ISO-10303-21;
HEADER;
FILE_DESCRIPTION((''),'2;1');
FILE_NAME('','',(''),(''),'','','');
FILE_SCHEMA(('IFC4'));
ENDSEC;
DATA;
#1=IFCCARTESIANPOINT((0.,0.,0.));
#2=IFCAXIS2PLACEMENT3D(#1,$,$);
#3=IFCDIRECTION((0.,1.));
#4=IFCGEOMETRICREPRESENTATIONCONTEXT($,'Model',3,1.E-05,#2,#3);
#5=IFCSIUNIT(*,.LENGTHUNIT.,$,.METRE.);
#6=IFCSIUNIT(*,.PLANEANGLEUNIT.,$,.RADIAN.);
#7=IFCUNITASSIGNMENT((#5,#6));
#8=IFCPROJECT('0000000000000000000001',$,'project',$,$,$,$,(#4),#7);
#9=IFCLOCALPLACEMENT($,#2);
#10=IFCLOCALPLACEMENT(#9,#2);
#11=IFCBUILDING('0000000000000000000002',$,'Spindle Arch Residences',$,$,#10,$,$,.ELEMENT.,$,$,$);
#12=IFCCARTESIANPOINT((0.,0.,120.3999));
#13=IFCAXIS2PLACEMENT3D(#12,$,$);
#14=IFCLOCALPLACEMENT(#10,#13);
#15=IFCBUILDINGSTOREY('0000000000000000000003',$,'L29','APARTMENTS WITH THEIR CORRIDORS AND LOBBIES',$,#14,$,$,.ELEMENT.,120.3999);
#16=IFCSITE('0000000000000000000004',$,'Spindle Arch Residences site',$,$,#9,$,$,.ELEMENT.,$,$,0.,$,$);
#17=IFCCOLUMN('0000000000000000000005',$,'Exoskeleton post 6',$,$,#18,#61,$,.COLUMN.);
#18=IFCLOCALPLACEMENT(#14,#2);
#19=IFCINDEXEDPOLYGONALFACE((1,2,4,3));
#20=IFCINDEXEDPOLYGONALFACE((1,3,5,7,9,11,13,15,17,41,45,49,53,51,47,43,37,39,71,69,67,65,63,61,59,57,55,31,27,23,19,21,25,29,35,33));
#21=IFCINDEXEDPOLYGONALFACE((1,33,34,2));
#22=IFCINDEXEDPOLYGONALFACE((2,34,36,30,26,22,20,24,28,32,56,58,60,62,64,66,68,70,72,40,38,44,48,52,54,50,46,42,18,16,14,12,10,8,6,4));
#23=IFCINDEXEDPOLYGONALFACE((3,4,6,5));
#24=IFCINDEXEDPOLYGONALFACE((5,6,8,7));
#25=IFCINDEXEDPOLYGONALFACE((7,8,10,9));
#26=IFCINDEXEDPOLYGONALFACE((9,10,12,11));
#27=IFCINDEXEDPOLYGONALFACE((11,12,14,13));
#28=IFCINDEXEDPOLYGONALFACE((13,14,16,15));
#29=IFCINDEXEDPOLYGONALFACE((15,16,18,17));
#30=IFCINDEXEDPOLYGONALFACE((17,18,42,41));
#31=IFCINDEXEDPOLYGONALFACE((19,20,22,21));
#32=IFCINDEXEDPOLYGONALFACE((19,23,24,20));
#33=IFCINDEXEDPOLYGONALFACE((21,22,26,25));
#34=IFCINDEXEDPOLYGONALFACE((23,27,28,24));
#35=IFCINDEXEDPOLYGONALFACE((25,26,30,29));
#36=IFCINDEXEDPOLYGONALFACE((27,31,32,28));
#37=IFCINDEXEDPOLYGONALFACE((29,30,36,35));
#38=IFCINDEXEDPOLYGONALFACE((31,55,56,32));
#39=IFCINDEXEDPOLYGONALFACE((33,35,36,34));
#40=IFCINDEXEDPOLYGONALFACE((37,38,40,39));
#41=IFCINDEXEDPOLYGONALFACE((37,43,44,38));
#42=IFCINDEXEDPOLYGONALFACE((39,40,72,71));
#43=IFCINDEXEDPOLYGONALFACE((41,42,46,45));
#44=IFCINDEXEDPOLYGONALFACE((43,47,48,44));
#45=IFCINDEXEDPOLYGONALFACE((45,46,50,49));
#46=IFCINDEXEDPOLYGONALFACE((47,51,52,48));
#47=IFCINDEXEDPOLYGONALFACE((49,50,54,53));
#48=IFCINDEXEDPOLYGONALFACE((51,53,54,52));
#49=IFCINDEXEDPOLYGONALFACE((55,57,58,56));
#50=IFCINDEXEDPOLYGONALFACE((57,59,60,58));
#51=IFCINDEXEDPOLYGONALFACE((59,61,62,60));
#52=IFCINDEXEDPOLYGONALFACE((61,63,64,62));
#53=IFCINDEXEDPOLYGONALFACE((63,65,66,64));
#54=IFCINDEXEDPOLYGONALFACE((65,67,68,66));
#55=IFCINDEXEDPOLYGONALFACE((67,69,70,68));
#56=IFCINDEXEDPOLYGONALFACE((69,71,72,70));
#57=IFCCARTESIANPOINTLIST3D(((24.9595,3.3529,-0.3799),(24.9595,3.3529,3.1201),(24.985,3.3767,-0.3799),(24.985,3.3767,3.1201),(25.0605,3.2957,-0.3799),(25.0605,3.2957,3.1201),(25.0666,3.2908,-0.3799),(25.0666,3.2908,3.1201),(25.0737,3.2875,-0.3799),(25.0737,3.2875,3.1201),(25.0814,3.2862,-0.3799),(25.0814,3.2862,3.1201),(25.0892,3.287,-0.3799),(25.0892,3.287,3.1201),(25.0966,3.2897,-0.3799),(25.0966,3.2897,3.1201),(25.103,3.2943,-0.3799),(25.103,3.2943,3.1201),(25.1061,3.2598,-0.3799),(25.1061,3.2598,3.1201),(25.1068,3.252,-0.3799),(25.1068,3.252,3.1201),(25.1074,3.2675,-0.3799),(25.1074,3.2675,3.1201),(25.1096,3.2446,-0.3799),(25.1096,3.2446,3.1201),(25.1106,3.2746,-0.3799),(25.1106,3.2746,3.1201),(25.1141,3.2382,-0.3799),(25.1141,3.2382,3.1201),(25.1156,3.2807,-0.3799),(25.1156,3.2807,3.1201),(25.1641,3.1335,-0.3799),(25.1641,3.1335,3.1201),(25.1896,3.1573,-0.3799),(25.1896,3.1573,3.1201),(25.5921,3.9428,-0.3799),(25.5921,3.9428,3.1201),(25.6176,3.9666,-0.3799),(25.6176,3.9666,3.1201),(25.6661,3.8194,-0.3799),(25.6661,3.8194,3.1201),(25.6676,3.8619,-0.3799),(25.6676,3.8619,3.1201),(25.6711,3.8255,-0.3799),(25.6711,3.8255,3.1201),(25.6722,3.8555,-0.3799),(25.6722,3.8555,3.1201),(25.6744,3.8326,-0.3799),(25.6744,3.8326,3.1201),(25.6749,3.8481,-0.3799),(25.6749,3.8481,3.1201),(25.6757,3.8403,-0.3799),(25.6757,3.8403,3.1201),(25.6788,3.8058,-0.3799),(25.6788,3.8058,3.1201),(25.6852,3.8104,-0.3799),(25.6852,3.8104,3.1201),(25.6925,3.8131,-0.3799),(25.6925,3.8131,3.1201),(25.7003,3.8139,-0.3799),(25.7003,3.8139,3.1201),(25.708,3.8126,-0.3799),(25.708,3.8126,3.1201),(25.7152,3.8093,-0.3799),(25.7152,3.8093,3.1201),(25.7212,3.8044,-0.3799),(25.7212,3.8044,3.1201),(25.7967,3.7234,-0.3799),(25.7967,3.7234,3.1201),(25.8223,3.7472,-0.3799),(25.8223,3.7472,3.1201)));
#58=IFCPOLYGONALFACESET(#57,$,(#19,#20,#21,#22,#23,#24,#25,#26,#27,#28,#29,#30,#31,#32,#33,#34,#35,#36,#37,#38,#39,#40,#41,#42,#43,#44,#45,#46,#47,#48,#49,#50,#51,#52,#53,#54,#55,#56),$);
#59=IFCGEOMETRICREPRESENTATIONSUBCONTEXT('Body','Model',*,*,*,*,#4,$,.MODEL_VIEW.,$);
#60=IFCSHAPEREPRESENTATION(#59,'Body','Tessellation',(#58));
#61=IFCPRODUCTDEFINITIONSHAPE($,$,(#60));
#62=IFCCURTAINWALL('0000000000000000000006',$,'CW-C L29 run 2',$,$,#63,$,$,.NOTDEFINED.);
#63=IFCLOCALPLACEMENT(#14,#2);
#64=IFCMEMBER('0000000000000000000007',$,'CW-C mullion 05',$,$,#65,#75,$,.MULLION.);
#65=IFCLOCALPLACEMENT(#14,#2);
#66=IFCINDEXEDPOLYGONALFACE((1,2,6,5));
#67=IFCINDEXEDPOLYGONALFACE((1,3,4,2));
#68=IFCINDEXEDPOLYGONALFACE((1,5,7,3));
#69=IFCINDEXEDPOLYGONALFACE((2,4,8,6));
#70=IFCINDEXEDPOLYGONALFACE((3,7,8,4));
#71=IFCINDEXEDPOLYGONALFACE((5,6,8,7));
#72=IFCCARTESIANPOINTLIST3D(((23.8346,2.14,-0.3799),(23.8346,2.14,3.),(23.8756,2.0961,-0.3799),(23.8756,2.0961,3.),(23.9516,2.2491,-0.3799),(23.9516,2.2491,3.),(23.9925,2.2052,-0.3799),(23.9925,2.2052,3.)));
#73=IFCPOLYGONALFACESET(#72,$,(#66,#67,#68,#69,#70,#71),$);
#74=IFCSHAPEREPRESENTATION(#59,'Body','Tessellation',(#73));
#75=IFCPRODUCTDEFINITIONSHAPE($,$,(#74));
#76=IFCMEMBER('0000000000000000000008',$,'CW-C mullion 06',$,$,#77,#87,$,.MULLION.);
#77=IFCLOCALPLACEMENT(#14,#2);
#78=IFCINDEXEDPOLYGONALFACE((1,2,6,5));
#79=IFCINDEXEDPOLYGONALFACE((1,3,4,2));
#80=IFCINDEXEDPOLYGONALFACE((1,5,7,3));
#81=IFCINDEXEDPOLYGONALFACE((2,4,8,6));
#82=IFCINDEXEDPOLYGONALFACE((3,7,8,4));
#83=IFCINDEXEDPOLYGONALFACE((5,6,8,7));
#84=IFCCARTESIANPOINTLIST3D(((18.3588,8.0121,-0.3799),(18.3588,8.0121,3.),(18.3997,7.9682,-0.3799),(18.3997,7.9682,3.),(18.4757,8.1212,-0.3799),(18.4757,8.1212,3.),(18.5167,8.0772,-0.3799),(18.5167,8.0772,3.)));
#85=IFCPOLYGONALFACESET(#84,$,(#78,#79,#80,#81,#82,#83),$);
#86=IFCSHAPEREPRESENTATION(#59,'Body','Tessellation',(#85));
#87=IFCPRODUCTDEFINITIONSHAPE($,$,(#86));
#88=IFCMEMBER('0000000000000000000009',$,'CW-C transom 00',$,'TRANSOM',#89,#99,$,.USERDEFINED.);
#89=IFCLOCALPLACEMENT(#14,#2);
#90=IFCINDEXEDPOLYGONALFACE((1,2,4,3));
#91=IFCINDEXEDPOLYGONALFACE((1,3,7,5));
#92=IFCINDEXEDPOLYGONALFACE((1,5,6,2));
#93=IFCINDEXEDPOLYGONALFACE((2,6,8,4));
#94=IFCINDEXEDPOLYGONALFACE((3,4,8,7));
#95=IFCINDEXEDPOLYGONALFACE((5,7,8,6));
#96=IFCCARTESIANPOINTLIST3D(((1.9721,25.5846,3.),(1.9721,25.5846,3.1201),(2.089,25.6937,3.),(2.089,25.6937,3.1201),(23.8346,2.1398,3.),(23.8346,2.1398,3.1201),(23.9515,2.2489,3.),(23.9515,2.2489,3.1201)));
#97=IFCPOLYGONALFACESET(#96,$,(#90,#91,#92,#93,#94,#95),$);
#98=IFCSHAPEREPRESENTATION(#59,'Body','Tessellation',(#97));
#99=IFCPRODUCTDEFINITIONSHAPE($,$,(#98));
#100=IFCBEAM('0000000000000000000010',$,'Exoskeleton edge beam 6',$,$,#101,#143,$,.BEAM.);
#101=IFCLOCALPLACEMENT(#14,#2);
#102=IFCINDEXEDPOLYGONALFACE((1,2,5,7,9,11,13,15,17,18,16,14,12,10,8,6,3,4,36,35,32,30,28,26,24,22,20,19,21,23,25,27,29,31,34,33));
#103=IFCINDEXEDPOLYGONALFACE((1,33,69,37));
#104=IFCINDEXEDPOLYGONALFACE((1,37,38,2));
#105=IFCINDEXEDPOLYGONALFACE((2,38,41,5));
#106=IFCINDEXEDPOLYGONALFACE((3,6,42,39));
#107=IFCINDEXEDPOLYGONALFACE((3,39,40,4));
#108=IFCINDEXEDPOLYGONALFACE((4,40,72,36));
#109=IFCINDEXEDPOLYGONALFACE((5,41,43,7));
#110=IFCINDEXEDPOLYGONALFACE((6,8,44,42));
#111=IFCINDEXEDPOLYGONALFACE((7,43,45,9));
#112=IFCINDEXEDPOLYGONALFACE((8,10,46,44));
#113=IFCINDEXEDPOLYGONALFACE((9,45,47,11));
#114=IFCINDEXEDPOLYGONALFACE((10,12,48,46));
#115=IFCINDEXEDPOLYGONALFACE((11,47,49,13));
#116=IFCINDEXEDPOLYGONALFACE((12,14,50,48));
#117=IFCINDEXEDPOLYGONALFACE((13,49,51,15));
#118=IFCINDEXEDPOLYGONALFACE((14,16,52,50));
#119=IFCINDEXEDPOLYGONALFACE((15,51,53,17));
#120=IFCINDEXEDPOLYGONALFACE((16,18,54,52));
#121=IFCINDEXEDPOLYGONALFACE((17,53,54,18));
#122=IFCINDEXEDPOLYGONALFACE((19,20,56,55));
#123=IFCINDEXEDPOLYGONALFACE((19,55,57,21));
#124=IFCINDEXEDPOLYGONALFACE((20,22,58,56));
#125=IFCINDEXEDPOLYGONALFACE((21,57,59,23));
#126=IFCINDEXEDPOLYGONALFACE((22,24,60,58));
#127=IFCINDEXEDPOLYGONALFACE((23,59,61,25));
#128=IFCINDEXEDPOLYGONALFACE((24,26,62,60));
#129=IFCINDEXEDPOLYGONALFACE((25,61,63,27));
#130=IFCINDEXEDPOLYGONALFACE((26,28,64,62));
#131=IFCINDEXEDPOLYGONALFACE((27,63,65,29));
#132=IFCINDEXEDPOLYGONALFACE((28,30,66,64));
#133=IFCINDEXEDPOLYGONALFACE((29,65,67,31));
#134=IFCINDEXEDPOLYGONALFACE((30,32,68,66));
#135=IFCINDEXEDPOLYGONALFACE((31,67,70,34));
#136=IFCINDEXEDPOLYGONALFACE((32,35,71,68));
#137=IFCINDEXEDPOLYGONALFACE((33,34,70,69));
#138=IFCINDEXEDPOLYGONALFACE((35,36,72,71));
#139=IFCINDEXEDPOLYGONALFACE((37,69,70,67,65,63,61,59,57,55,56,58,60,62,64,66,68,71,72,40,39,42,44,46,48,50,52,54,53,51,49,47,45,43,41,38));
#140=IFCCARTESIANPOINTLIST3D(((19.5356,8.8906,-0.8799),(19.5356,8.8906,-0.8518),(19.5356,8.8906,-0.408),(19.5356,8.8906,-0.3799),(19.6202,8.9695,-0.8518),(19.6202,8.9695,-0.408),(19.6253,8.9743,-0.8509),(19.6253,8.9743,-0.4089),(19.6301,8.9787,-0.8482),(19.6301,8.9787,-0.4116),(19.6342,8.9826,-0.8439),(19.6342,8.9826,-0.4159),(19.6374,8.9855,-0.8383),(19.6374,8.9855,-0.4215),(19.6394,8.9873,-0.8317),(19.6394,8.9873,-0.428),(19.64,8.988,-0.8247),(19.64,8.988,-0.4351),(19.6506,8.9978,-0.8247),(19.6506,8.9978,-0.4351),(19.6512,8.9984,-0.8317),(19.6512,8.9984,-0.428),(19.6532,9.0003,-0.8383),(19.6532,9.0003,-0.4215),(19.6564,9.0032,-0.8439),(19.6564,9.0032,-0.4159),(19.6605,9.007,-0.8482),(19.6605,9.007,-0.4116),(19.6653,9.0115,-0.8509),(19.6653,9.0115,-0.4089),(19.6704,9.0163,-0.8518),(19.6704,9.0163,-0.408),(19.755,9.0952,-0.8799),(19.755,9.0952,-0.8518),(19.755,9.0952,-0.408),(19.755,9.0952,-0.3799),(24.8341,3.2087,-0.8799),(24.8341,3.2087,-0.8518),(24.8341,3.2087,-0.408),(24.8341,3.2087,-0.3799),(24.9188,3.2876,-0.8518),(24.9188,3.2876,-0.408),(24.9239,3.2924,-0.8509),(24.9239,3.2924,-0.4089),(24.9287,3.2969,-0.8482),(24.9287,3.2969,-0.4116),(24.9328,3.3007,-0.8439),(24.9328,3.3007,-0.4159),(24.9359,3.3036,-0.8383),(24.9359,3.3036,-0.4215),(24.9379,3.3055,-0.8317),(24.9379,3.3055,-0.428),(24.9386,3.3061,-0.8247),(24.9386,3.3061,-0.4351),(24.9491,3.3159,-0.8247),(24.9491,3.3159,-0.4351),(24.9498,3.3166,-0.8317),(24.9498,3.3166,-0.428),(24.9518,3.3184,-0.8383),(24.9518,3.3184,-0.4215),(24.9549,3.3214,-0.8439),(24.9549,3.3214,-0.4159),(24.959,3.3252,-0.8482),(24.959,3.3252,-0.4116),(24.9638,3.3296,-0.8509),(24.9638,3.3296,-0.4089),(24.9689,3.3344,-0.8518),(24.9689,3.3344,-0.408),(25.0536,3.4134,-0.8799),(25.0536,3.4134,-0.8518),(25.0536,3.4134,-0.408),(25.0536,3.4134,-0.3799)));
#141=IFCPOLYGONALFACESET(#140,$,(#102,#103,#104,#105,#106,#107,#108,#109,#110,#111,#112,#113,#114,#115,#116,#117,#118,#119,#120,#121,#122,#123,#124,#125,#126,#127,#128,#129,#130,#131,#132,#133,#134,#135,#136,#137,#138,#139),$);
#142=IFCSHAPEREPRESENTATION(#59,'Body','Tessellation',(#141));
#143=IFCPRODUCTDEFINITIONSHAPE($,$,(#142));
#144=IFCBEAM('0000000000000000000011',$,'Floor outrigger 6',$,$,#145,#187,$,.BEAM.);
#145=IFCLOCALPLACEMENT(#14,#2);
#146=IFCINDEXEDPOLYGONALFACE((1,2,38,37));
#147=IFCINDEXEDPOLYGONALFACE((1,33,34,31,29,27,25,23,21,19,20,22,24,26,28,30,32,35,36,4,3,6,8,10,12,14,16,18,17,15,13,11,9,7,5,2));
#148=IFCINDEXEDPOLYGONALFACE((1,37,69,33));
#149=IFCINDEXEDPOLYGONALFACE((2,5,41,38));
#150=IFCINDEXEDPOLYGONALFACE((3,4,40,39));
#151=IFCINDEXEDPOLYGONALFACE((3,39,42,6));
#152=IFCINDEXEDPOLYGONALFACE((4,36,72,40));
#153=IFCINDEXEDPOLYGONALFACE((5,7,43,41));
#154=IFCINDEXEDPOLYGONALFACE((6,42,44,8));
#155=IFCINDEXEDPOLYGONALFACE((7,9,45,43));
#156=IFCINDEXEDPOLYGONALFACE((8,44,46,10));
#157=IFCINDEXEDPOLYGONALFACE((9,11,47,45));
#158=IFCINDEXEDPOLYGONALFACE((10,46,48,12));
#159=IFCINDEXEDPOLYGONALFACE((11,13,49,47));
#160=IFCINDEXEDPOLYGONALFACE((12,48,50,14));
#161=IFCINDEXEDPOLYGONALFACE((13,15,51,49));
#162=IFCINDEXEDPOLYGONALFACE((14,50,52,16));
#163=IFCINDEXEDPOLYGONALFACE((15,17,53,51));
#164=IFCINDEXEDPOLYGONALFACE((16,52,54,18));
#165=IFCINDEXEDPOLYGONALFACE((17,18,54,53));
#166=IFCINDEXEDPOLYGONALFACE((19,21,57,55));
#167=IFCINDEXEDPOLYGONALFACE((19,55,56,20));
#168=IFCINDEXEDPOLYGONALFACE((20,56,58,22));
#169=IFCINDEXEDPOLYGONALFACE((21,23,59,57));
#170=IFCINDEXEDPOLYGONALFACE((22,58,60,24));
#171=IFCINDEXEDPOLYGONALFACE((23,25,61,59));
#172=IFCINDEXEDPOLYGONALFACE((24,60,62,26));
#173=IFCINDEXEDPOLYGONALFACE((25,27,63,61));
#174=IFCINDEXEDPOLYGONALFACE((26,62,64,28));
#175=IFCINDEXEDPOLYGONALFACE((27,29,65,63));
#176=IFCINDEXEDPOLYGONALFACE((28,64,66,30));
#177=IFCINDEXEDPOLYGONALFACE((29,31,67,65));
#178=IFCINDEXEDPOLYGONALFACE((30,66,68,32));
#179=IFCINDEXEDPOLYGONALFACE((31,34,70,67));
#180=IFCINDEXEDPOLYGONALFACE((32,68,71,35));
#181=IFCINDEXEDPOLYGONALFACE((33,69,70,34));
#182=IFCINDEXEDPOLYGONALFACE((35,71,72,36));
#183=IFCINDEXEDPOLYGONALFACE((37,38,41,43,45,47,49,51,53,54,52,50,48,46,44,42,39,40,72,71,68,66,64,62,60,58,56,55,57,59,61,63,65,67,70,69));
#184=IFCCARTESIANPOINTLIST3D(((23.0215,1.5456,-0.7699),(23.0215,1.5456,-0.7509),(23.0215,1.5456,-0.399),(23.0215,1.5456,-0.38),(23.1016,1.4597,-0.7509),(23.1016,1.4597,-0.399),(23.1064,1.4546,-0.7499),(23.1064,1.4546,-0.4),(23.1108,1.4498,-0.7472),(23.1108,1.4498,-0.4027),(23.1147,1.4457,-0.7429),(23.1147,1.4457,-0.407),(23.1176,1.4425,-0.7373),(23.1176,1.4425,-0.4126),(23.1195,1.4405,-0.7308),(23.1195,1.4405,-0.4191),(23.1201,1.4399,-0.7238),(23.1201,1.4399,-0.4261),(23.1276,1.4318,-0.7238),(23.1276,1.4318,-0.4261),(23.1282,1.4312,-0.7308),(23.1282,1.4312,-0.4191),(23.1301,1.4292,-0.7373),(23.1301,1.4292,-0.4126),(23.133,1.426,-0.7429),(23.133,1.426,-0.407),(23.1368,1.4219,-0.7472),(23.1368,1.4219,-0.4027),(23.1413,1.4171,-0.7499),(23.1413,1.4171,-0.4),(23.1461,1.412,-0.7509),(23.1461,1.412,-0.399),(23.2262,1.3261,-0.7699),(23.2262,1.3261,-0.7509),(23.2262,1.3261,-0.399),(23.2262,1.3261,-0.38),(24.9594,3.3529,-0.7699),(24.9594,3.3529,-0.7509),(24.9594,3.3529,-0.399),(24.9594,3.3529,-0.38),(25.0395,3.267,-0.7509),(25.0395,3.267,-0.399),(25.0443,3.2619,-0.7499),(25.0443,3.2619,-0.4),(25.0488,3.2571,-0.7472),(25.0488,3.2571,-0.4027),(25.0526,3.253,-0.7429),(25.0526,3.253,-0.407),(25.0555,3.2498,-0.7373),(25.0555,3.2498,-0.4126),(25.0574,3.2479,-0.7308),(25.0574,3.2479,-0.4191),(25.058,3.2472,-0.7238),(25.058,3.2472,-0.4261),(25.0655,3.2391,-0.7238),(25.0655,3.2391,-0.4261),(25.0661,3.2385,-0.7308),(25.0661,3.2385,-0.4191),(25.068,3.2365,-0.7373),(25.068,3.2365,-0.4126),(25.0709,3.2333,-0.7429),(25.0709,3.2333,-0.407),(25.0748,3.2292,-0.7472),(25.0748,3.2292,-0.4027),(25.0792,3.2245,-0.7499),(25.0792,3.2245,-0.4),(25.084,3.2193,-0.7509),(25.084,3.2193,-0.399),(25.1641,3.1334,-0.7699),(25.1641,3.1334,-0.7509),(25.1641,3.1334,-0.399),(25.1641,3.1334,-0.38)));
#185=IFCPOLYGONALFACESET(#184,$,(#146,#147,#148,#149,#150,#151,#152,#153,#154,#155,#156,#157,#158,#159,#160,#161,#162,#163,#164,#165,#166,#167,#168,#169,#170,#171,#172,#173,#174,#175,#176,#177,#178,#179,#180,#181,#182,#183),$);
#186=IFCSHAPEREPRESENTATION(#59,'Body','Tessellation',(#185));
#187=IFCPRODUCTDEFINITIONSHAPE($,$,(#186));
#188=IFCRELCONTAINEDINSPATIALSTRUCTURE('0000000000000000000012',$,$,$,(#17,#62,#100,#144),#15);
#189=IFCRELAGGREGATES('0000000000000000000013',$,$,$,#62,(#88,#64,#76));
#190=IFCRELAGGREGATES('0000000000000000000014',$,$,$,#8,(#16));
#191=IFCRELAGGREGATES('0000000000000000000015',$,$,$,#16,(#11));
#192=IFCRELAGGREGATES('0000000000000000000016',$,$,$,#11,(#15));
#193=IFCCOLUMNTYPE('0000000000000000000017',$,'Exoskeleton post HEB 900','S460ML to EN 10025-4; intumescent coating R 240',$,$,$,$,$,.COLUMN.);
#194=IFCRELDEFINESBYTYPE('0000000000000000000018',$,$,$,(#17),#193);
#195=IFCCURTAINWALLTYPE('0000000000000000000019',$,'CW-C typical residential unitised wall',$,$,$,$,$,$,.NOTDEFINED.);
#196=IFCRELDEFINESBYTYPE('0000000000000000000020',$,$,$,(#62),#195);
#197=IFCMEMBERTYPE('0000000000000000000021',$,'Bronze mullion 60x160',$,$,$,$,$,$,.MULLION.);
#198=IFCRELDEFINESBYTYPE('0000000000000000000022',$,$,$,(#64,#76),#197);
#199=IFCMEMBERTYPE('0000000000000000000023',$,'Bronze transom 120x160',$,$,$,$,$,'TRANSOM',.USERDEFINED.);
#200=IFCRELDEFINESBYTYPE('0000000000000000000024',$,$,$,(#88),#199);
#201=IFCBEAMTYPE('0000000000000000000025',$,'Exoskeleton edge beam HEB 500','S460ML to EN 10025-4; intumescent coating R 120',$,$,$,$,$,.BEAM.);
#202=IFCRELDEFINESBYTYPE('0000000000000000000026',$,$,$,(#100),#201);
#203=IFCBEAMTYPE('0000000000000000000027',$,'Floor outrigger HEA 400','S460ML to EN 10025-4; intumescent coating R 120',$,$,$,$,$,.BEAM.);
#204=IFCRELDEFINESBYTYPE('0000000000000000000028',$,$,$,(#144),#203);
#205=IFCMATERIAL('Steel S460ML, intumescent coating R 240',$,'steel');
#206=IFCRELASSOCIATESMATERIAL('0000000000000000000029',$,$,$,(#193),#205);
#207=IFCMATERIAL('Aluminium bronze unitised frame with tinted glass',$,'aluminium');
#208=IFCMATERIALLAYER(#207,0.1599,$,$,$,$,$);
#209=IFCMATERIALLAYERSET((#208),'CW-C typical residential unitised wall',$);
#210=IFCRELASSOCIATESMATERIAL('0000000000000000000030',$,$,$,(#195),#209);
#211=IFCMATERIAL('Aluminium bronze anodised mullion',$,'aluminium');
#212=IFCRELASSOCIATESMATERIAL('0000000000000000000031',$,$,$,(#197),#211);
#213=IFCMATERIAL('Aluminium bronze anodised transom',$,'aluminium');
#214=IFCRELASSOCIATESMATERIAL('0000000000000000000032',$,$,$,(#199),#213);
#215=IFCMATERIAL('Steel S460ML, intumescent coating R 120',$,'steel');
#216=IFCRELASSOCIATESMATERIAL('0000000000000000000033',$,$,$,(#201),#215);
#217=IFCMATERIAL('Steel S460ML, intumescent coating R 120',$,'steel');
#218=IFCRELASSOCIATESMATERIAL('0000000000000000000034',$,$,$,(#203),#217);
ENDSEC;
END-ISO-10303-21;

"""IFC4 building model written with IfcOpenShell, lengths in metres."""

from ifc_helpers import new_model, si_unit, direction, frame, origin, origin_2d, place, context, subcontext, project, spatial, rectangle, i_section, extrude, material, layer, layer_set, material_profile, profile_set, type_object, element, aggregate, save


model = new_model("IFC4")

# Units and contexts
model_context = context("Model", 3, precision=1e-05, world=origin(), true_north=direction((0.0, 1.0)))
body_context = subcontext(model_context, "Body", "Model", "MODEL_VIEW")
ifc_project = project(units=[si_unit("LENGTHUNIT", "METRE"), si_unit("PLANEANGLEUNIT", "RADIAN")], contexts=[model_context])

# Site, building, storey
site_placement = place(None, origin())
site = spatial("IfcSite", under=ifc_project, at=site_placement, Name="Spindle Arch Residences site", CompositionType="ELEMENT", RefElevation=0.0)
building_placement = place(site_placement, origin())
building = spatial("IfcBuilding", under=site, at=building_placement, Name="Spindle Arch Residences", CompositionType="ELEMENT")
storey_placement = place(building_placement, frame((0.0, 0.0, 120.3999)))
storey = spatial("IfcBuildingStorey", under=building, at=storey_placement, Name="L29", Description="APARTMENTS WITH THEIR CORRIDORS AND LOBBIES", CompositionType="ELEMENT", Elevation=120.3999)

# Column
ifc_material_1 = material(Name="Steel S460ML, intumescent coating R 240", Category="steel")
ifc_material_profile_1 = material_profile(ifc_material_1, i_section(OverallWidth=0.3, OverallDepth=0.8999, WebThickness=0.0186, FlangeThickness=0.0349, FilletRadius=0.03, at=origin_2d()), Name="HEB 900")
ifc_profile_set_1 = profile_set([ifc_material_profile_1], Name="Steel S460ML, intumescent coating R 240")
column_type = type_object("IfcColumnType", Name="Exoskeleton post HEB 900", Description="S460ML to EN 10025-4; intumescent coating R 240", PredefinedType="COLUMN", material=ifc_profile_set_1)
column_placement = place(storey_placement, frame((25.3909, 3.55, -0.3799), z_axis=(0.0, 0.0, 1.0), x_axis=(0.681998, -0.731354, 0.0)))
element("IfcColumn", 1, at=column_placement, inside=storey, type_object=column_type, Name="Exoskeleton post 6", PredefinedType="COLUMN", context=body_context, shape_type="SweptSolid", body=[
    extrude(i_section(OverallWidth=0.3, OverallDepth=0.8999, WebThickness=0.0186, FlangeThickness=0.0349, FilletRadius=0.03, at=origin_2d()), origin(), (0.0, 0.0, 1.0), 3.5),
])

# Curtain wall, members
ifc_material_2 = material(Name="Aluminium bronze unitised frame with tinted glass", Category="aluminium")
ifc_layer_1 = layer(ifc_material_2, 0.1599)
ifc_layer_set_1 = layer_set([ifc_layer_1], Name="CW-C typical residential unitised wall")
curtain_wall_type_1 = type_object("IfcCurtainWallType", Name="CW-C typical residential unitised wall", PredefinedType="NOTDEFINED", material=ifc_layer_set_1)
curtain_wall_1_placement = place(storey_placement, origin())
curtain_wall_1 = element("IfcCurtainWall", 2, at=curtain_wall_1_placement, inside=storey, type_object=curtain_wall_type_1, Name="CW-C L29 run 2", PredefinedType="NOTDEFINED")
ifc_material_3 = material(Name="Aluminium bronze anodised mullion", Category="aluminium")
ifc_material_profile_2 = material_profile(ifc_material_3, rectangle(XDim=0.1599, YDim=0.0601, at=origin_2d()), Name="MU 60x160")
ifc_profile_set_2 = profile_set([ifc_material_profile_2], Name="Aluminium bronze anodised mullion")
member_type_1 = type_object("IfcMemberType", Name="Bronze mullion 60x160", PredefinedType="MULLION", material=ifc_profile_set_2)
member_1_placement = place(storey_placement, frame((23.9136, 2.1726, -0.3799), z_axis=(0.0, 0.0, 1.0), x_axis=(-0.731354, -0.681998, 0.0)))
member_1 = element("IfcMember", 3, at=member_1_placement, type_object=member_type_1, Name="CW-C mullion 05", PredefinedType="MULLION", context=body_context, shape_type="SweptSolid", body=[
    extrude(rectangle(XDim=0.1599, YDim=0.0601, at=origin_2d()), origin(), (0.0, 0.0, 1.0), 3.3799),
])
member_2_placement = place(storey_placement, frame((18.4377, 8.0447, -0.3799), z_axis=(0.0, 0.0, 1.0), x_axis=(-0.731354, -0.681998, 0.0)))
member_2 = element("IfcMember", 4, at=member_2_placement, type_object=member_type_1, Name="CW-C mullion 06", PredefinedType="MULLION", context=body_context, shape_type="SweptSolid", body=[
    extrude(rectangle(XDim=0.1599, YDim=0.0601, at=origin_2d()), origin(), (0.0, 0.0, 1.0), 3.3799),
])
ifc_material_4 = material(Name="Aluminium bronze anodised transom", Category="aluminium")
ifc_material_profile_3 = material_profile(ifc_material_4, rectangle(XDim=0.1599, YDim=0.1201, at=origin_2d()), Name="TR 120x160")
ifc_profile_set_3 = profile_set([ifc_material_profile_3], Name="Aluminium bronze anodised transom")
member_type_2 = type_object("IfcMemberType", Name="Bronze transom 120x160", ElementType="TRANSOM", PredefinedType="USERDEFINED", material=ifc_profile_set_3)
member_3_placement = place(storey_placement, frame((23.8931, 2.1943, 3.0601), z_axis=(-0.681997, 0.731355, 0.0), x_axis=(-0.731355, -0.681997, 0.0)))
member_3 = element("IfcMember", 5, at=member_3_placement, type_object=member_type_2, Name="CW-C transom 00", ObjectType="TRANSOM", PredefinedType="USERDEFINED", context=body_context, shape_type="SweptSolid", body=[
    extrude(rectangle(XDim=0.1599, YDim=0.1201, at=origin_2d()), origin(), (0.0, 0.0, 1.0), 32.0566),
])

# Beams
ifc_material_5 = material(Name="Steel S460ML, intumescent coating R 120", Category="steel")
ifc_material_profile_4 = material_profile(ifc_material_5, i_section(OverallWidth=0.3, OverallDepth=0.5, WebThickness=0.0144, FlangeThickness=0.0281, FilletRadius=0.0271, at=origin_2d()), Name="HEB 500")
ifc_profile_set_4 = profile_set([ifc_material_profile_4], Name="Steel S460ML, intumescent coating R 120")
beam_type_1 = type_object("IfcBeamType", Name="Exoskeleton edge beam HEB 500", Description="S460ML to EN 10025-4; intumescent coating R 120", PredefinedType="BEAM", material=ifc_profile_set_4)
beam_1_placement = place(storey_placement, frame((24.9438, 3.311, -0.6299), z_axis=(-0.682008, 0.731345, 0.0), x_axis=(-0.731345, -0.682008, 0.0)))
element("IfcBeam", 6, at=beam_1_placement, inside=storey, type_object=beam_type_1, Name="Exoskeleton edge beam 6", PredefinedType="BEAM", context=body_context, shape_type="SweptSolid", body=[
    extrude(i_section(OverallWidth=0.3, OverallDepth=0.5, WebThickness=0.0144, FlangeThickness=0.0281, FilletRadius=0.0271, at=origin_2d()), origin(), (0.0, 0.0, 1.0), 7.769),
])
ifc_material_6 = material(Name="Steel S460ML, intumescent coating R 120", Category="steel")
ifc_material_profile_5 = material_profile(ifc_material_6, i_section(OverallWidth=0.3, OverallDepth=0.3899, WebThickness=0.011, FlangeThickness=0.019, FilletRadius=0.0271, at=origin_2d()), Name="HEA 400")
ifc_profile_set_5 = profile_set([ifc_material_profile_5], Name="Steel S460ML, intumescent coating R 120")
beam_type_2 = type_object("IfcBeamType", Name="Floor outrigger HEA 400", Description="S460ML to EN 10025-4; intumescent coating R 120", PredefinedType="BEAM", material=ifc_profile_set_5)
beam_2_placement = place(storey_placement, frame((25.0618, 3.2432, -0.575), z_axis=(-0.731322, -0.682033, 0.0), x_axis=(0.682033, -0.731322, 0.0)))
element("IfcBeam", 7, at=beam_2_placement, inside=storey, type_object=beam_type_2, Name="Floor outrigger 6", PredefinedType="BEAM", context=body_context, shape_type="SweptSolid", body=[
    extrude(i_section(OverallWidth=0.3, OverallDepth=0.3899, WebThickness=0.011, FlangeThickness=0.019, FilletRadius=0.0271, at=origin_2d()), origin(), (0.0, 0.0, 1.0), 2.6499),
])

aggregate(curtain_wall_1, [member_3, member_1, member_2])

save(model, "model.ifc")
